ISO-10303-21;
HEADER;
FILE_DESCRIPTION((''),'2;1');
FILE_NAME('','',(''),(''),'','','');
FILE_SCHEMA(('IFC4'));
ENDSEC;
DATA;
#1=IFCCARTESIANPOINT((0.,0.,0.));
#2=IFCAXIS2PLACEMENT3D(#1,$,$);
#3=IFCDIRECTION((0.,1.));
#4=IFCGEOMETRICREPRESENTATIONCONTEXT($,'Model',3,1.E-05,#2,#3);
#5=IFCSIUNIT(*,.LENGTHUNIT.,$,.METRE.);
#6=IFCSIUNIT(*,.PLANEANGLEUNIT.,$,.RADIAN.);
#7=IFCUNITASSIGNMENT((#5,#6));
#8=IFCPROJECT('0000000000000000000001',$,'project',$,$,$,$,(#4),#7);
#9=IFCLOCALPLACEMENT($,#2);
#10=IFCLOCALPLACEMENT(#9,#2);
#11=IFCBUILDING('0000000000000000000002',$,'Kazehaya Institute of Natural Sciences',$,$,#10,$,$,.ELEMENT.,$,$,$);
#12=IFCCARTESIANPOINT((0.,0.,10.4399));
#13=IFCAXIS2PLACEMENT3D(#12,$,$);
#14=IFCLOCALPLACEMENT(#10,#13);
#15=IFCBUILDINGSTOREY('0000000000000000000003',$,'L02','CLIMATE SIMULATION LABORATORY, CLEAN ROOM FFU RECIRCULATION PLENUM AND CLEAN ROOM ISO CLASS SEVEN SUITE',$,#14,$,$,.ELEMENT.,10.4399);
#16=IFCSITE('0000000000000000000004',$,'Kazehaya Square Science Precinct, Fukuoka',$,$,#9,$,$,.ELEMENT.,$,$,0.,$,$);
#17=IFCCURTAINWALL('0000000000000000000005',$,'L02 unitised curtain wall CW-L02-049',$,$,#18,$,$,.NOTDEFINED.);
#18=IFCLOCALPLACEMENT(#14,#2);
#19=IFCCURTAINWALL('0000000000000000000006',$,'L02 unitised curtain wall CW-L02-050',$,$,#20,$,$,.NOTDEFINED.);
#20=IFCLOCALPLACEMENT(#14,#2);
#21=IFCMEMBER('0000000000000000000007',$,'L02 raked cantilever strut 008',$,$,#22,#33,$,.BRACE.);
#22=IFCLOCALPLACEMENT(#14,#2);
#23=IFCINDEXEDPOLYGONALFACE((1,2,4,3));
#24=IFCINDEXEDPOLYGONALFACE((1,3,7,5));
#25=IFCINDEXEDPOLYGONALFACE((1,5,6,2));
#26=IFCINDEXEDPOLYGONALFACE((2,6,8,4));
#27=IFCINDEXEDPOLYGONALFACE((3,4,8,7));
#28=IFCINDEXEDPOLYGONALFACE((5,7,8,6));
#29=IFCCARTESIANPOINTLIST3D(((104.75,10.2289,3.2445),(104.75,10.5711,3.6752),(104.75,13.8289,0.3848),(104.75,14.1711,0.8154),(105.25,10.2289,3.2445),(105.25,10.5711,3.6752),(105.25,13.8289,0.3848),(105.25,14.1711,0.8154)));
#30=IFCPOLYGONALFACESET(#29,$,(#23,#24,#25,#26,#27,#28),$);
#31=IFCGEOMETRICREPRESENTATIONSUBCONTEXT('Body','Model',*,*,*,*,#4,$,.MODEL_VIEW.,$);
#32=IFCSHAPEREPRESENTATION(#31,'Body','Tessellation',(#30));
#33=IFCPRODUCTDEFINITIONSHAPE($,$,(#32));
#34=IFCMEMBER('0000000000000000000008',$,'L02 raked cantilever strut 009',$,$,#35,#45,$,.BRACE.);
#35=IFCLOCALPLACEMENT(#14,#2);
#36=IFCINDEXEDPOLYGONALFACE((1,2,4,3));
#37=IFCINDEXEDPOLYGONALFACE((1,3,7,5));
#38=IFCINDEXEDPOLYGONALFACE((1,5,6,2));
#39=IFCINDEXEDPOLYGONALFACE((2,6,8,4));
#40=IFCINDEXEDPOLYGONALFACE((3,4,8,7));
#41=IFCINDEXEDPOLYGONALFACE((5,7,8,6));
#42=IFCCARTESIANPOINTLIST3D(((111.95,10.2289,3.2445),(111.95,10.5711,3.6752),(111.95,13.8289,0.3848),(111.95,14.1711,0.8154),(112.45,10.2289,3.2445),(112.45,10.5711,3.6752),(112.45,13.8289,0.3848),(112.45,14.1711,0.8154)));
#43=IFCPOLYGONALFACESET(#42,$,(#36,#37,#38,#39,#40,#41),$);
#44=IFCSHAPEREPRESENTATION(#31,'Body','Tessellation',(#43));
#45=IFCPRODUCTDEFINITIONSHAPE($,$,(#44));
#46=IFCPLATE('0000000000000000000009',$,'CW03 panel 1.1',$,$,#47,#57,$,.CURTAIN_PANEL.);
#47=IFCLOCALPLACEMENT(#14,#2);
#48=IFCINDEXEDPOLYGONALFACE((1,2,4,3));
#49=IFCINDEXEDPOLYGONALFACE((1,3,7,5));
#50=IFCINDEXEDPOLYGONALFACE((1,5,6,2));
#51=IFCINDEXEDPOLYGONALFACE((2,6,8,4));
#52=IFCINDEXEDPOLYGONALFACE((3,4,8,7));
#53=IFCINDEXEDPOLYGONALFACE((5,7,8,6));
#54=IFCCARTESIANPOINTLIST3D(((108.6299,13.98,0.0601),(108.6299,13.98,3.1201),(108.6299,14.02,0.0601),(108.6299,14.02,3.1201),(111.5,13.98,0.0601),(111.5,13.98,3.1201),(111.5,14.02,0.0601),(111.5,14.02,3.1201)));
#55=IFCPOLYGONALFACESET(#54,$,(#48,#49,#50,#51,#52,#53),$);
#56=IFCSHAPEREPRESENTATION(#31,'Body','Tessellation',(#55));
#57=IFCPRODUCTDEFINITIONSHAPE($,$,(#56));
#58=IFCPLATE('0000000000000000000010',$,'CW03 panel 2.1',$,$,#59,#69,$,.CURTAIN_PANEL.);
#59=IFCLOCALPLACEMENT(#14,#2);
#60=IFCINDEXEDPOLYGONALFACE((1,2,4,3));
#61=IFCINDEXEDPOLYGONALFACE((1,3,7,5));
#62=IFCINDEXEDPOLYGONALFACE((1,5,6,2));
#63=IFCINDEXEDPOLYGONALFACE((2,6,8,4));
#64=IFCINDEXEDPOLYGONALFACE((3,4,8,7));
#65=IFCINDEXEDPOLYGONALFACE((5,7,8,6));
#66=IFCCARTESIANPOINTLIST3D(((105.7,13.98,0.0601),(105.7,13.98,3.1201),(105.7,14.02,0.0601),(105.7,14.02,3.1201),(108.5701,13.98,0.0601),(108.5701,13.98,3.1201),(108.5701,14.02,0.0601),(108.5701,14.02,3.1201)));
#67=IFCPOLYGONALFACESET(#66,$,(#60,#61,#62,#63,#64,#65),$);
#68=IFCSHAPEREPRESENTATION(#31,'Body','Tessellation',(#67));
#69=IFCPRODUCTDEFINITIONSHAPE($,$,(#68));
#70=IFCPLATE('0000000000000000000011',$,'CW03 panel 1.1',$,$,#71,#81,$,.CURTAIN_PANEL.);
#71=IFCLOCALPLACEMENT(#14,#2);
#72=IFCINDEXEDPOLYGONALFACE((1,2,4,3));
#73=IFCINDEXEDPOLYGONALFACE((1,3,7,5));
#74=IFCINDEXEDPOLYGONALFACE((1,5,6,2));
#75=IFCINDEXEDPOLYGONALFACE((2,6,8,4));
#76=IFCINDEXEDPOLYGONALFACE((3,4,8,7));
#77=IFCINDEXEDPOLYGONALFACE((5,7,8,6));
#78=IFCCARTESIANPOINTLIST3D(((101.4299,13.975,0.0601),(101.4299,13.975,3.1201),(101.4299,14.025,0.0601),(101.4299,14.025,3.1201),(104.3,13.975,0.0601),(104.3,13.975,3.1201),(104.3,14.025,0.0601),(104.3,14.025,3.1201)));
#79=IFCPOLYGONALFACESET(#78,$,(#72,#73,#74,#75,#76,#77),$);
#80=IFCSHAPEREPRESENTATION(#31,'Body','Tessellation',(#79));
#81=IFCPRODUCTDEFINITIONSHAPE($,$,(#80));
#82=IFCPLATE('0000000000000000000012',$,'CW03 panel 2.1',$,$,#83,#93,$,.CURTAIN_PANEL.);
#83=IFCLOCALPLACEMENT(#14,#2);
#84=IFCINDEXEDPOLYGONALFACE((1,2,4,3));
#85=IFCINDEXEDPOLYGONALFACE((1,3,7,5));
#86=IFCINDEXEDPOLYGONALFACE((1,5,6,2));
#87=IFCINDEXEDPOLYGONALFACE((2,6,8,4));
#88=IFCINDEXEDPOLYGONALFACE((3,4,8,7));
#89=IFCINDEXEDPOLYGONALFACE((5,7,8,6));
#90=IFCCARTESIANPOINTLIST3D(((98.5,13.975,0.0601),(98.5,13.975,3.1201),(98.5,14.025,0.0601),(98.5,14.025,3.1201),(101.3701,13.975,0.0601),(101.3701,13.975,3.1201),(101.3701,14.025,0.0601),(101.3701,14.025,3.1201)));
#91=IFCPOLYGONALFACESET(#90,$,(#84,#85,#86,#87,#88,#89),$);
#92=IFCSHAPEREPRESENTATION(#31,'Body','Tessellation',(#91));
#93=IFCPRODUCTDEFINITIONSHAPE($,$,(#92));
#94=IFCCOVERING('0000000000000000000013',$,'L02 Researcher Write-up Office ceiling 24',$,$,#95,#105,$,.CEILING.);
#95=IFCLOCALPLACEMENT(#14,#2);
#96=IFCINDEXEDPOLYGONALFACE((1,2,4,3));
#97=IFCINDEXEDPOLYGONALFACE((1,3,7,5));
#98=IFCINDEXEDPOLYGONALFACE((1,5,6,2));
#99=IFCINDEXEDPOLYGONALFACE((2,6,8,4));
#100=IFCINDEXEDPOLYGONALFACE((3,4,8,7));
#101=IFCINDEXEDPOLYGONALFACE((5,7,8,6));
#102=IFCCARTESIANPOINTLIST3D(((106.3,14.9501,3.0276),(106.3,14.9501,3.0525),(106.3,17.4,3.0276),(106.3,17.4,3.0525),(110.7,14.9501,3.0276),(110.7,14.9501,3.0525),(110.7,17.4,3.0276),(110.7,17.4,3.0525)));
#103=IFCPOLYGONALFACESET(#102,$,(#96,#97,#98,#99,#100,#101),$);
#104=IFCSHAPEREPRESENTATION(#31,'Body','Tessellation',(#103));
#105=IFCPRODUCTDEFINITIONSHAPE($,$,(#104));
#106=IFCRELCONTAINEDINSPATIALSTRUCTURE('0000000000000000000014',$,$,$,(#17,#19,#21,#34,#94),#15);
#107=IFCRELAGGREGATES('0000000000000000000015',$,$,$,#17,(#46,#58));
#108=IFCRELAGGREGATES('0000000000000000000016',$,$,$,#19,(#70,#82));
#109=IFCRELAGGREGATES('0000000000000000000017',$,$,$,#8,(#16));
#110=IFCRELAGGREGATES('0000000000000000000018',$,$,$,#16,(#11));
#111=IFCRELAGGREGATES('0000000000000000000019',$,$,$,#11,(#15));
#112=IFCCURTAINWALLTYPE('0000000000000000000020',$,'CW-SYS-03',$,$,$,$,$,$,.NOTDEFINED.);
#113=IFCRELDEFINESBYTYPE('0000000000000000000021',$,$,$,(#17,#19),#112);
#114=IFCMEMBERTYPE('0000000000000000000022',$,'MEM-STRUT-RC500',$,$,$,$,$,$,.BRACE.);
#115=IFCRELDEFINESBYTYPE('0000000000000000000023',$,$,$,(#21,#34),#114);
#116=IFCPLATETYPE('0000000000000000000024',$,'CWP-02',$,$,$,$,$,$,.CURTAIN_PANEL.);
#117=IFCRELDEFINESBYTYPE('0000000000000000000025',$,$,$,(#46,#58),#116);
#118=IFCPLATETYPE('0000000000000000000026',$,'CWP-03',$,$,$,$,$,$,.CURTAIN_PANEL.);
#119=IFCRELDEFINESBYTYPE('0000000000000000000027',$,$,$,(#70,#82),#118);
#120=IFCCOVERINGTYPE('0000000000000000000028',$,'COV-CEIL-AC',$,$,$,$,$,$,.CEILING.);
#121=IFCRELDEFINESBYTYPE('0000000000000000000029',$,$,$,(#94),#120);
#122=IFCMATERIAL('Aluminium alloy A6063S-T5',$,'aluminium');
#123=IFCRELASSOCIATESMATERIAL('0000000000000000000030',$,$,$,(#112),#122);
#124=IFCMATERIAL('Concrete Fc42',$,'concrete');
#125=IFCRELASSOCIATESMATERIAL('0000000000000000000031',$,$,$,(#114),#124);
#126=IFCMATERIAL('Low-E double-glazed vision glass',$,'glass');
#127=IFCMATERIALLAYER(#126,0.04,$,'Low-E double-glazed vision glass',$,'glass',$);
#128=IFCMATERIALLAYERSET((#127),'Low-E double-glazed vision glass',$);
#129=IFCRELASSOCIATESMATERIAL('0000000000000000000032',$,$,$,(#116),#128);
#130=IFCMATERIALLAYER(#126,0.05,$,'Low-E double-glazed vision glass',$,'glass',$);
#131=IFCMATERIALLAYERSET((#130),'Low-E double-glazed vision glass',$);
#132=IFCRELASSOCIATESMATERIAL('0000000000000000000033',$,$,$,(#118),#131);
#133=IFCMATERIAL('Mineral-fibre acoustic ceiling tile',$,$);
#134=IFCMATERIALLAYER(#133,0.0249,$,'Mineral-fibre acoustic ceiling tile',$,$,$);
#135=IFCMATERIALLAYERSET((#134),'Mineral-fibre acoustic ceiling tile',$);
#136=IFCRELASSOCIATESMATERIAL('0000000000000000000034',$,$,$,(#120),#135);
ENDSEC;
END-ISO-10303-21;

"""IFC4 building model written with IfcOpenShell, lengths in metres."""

from ifc_helpers import new_model, si_unit, direction, frame, origin, origin_2d, place, context, subcontext, project, spatial, rectangle, extrude, material, layer, layer_set, material_profile, profile_set, type_object, element, aggregate, save


model = new_model("IFC4")

# Units and contexts
model_context = context("Model", 3, precision=1e-05, world=origin(), true_north=direction((0.0, 1.0)))
body_context = subcontext(model_context, "Body", "Model", "MODEL_VIEW")
ifc_project = project(units=[si_unit("LENGTHUNIT", "METRE"), si_unit("PLANEANGLEUNIT", "RADIAN")], contexts=[model_context])

# Site, building, storey
site_placement = place(None, origin())
site = spatial("IfcSite", under=ifc_project, at=site_placement, Name="Kazehaya Square Science Precinct, Fukuoka", CompositionType="ELEMENT", RefElevation=0.0)
building_placement = place(site_placement, origin())
building = spatial("IfcBuilding", under=site, at=building_placement, Name="Kazehaya Institute of Natural Sciences", CompositionType="ELEMENT")
storey_placement = place(building_placement, frame((0.0, 0.0, 10.4399)))
storey = spatial("IfcBuildingStorey", under=building, at=storey_placement, Name="L02", Description="CLIMATE SIMULATION LABORATORY, CLEAN ROOM FFU RECIRCULATION PLENUM AND CLEAN ROOM ISO CLASS SEVEN SUITE", CompositionType="ELEMENT", Elevation=10.4399)

# Shared definitions
ifc_material_1 = material(Name="Concrete Fc42", Category="concrete")

# Curtain walls
ifc_material_2 = material(Name="Aluminium alloy A6063S-T5", Category="aluminium")
curtain_wall_type = type_object("IfcCurtainWallType", Name="CW-SYS-03", PredefinedType="NOTDEFINED", material=ifc_material_2)
curtain_wall_1_placement = place(storey_placement, origin())
curtain_wall_1 = element("IfcCurtainWall", 1, at=curtain_wall_1_placement, inside=storey, type_object=curtain_wall_type, Name="L02 unitised curtain wall CW-L02-049", PredefinedType="NOTDEFINED")
curtain_wall_2_placement = place(storey_placement, origin())
curtain_wall_2 = element("IfcCurtainWall", 2, at=curtain_wall_2_placement, inside=storey, type_object=curtain_wall_type, Name="L02 unitised curtain wall CW-L02-050", PredefinedType="NOTDEFINED")

# Members
ifc_material_profile_1 = material_profile(ifc_material_1, rectangle(XDim=0.5, YDim=0.55, at=origin_2d()), Name="RC-500x550")
ifc_profile_set_1 = profile_set([ifc_material_profile_1], Name="Concrete Fc42")
member_type_1 = type_object("IfcMemberType", Name="MEM-STRUT-RC500", PredefinedType="BRACE", material=ifc_profile_set_1)
for number, where, z_axis, x_axis, name in (
    (3, (105.0, 14.0, 0.6001), (0.0, -0.783009, 0.62201), (1.0, 0.0, 0.0), "L02 raked cantilever strut 008"),
    (4, (112.2, 14.0, 0.6001), (0.0, -0.783009, 0.62201), (1.0, 0.0, 0.0), "L02 raked cantilever strut 009"),
):
    element("IfcMember", number, at=place(storey_placement, frame(where, z_axis=z_axis, x_axis=x_axis)), inside=storey, type_object=member_type_1, Name=name, PredefinedType="BRACE", context=body_context, shape_type="SweptSolid", body=[
        extrude(rectangle(XDim=0.5, YDim=0.55, at=origin_2d()), origin(), (0.0, 0.0, 1.0), 4.5977),
    ])

# Plates
ifc_material_3 = material(Name="Low-E double-glazed vision glass", Category="glass")
ifc_layer_1 = layer(ifc_material_3, 0.04, Name="Low-E double-glazed vision glass", Category="glass")
ifc_layer_set_1 = layer_set([ifc_layer_1], Name="Low-E double-glazed vision glass")
plate_type_1 = type_object("IfcPlateType", Name="CWP-02", PredefinedType="CURTAIN_PANEL", material=ifc_layer_set_1)
plate_1_placement = place(storey_placement, frame((110.0649, 14.0, 0.0601), z_axis=(0.0, 0.0, 1.0), x_axis=(-1.0, 0.0, 0.0)))
plate_1 = element("IfcPlate", 5, at=plate_1_placement, type_object=plate_type_1, Name="CW03 panel 1.1", PredefinedType="CURTAIN_PANEL", context=body_context, shape_type="SweptSolid", body=[
    extrude(rectangle(XDim=2.8701, YDim=0.04, at=origin_2d()), origin(), (0.0, 0.0, 1.0), 3.0601),
])
plate_2_placement = place(storey_placement, frame((107.135, 14.0, 0.0601), z_axis=(0.0, 0.0, 1.0), x_axis=(-1.0, 0.0, 0.0)))
plate_2 = element("IfcPlate", 6, at=plate_2_placement, type_object=plate_type_1, Name="CW03 panel 2.1", PredefinedType="CURTAIN_PANEL", context=body_context, shape_type="SweptSolid", body=[
    extrude(rectangle(XDim=2.8701, YDim=0.04, at=origin_2d()), origin(), (0.0, 0.0, 1.0), 3.0601),
])
aggregate(curtain_wall_1, [plate_1, plate_2])
ifc_layer_2 = layer(ifc_material_3, 0.05, Name="Low-E double-glazed vision glass", Category="glass")
ifc_layer_set_2 = layer_set([ifc_layer_2], Name="Low-E double-glazed vision glass")
plate_type_2 = type_object("IfcPlateType", Name="CWP-03", PredefinedType="CURTAIN_PANEL", material=ifc_layer_set_2)
plate_3_placement = place(storey_placement, frame((102.865, 14.0, 0.0601), z_axis=(0.0, 0.0, 1.0), x_axis=(-1.0, 0.0, 0.0)))
plate_3 = element("IfcPlate", 7, at=plate_3_placement, type_object=plate_type_2, Name="CW03 panel 1.1", PredefinedType="CURTAIN_PANEL", context=body_context, shape_type="SweptSolid", body=[
    extrude(rectangle(XDim=2.8701, YDim=0.05, at=origin_2d()), origin(), (0.0, 0.0, 1.0), 3.0601),
])
plate_4_placement = place(storey_placement, frame((99.9351, 14.0, 0.0601), z_axis=(0.0, 0.0, 1.0), x_axis=(-1.0, 0.0, 0.0)))
plate_4 = element("IfcPlate", 8, at=plate_4_placement, type_object=plate_type_2, Name="CW03 panel 2.1", PredefinedType="CURTAIN_PANEL", context=body_context, shape_type="SweptSolid", body=[
    extrude(rectangle(XDim=2.8701, YDim=0.05, at=origin_2d()), origin(), (0.0, 0.0, 1.0), 3.0601),
])
aggregate(curtain_wall_2, [plate_3, plate_4])

# Covering
ifc_material_4 = material(Name="Mineral-fibre acoustic ceiling tile")
ifc_layer_3 = layer(ifc_material_4, 0.0249, Name="Mineral-fibre acoustic ceiling tile")
ifc_layer_set_3 = layer_set([ifc_layer_3], Name="Mineral-fibre acoustic ceiling tile")
covering_type = type_object("IfcCoveringType", Name="COV-CEIL-AC", PredefinedType="CEILING", material=ifc_layer_set_3)
covering_placement = place(storey_placement, frame((108.5, 16.175, 3.0276), z_axis=(0.0, 0.0, 1.0), x_axis=(1.0, 0.0, 0.0)))
element("IfcCovering", 9, at=covering_placement, inside=storey, type_object=covering_type, Name="L02 Researcher Write-up Office ceiling 24", PredefinedType="CEILING", context=body_context, shape_type="SweptSolid", body=[
    extrude(rectangle(XDim=4.3999, YDim=2.45, at=origin_2d()), origin(), (0.0, 0.0, 1.0), 0.0249),
])

save(model, "model.ifc")
